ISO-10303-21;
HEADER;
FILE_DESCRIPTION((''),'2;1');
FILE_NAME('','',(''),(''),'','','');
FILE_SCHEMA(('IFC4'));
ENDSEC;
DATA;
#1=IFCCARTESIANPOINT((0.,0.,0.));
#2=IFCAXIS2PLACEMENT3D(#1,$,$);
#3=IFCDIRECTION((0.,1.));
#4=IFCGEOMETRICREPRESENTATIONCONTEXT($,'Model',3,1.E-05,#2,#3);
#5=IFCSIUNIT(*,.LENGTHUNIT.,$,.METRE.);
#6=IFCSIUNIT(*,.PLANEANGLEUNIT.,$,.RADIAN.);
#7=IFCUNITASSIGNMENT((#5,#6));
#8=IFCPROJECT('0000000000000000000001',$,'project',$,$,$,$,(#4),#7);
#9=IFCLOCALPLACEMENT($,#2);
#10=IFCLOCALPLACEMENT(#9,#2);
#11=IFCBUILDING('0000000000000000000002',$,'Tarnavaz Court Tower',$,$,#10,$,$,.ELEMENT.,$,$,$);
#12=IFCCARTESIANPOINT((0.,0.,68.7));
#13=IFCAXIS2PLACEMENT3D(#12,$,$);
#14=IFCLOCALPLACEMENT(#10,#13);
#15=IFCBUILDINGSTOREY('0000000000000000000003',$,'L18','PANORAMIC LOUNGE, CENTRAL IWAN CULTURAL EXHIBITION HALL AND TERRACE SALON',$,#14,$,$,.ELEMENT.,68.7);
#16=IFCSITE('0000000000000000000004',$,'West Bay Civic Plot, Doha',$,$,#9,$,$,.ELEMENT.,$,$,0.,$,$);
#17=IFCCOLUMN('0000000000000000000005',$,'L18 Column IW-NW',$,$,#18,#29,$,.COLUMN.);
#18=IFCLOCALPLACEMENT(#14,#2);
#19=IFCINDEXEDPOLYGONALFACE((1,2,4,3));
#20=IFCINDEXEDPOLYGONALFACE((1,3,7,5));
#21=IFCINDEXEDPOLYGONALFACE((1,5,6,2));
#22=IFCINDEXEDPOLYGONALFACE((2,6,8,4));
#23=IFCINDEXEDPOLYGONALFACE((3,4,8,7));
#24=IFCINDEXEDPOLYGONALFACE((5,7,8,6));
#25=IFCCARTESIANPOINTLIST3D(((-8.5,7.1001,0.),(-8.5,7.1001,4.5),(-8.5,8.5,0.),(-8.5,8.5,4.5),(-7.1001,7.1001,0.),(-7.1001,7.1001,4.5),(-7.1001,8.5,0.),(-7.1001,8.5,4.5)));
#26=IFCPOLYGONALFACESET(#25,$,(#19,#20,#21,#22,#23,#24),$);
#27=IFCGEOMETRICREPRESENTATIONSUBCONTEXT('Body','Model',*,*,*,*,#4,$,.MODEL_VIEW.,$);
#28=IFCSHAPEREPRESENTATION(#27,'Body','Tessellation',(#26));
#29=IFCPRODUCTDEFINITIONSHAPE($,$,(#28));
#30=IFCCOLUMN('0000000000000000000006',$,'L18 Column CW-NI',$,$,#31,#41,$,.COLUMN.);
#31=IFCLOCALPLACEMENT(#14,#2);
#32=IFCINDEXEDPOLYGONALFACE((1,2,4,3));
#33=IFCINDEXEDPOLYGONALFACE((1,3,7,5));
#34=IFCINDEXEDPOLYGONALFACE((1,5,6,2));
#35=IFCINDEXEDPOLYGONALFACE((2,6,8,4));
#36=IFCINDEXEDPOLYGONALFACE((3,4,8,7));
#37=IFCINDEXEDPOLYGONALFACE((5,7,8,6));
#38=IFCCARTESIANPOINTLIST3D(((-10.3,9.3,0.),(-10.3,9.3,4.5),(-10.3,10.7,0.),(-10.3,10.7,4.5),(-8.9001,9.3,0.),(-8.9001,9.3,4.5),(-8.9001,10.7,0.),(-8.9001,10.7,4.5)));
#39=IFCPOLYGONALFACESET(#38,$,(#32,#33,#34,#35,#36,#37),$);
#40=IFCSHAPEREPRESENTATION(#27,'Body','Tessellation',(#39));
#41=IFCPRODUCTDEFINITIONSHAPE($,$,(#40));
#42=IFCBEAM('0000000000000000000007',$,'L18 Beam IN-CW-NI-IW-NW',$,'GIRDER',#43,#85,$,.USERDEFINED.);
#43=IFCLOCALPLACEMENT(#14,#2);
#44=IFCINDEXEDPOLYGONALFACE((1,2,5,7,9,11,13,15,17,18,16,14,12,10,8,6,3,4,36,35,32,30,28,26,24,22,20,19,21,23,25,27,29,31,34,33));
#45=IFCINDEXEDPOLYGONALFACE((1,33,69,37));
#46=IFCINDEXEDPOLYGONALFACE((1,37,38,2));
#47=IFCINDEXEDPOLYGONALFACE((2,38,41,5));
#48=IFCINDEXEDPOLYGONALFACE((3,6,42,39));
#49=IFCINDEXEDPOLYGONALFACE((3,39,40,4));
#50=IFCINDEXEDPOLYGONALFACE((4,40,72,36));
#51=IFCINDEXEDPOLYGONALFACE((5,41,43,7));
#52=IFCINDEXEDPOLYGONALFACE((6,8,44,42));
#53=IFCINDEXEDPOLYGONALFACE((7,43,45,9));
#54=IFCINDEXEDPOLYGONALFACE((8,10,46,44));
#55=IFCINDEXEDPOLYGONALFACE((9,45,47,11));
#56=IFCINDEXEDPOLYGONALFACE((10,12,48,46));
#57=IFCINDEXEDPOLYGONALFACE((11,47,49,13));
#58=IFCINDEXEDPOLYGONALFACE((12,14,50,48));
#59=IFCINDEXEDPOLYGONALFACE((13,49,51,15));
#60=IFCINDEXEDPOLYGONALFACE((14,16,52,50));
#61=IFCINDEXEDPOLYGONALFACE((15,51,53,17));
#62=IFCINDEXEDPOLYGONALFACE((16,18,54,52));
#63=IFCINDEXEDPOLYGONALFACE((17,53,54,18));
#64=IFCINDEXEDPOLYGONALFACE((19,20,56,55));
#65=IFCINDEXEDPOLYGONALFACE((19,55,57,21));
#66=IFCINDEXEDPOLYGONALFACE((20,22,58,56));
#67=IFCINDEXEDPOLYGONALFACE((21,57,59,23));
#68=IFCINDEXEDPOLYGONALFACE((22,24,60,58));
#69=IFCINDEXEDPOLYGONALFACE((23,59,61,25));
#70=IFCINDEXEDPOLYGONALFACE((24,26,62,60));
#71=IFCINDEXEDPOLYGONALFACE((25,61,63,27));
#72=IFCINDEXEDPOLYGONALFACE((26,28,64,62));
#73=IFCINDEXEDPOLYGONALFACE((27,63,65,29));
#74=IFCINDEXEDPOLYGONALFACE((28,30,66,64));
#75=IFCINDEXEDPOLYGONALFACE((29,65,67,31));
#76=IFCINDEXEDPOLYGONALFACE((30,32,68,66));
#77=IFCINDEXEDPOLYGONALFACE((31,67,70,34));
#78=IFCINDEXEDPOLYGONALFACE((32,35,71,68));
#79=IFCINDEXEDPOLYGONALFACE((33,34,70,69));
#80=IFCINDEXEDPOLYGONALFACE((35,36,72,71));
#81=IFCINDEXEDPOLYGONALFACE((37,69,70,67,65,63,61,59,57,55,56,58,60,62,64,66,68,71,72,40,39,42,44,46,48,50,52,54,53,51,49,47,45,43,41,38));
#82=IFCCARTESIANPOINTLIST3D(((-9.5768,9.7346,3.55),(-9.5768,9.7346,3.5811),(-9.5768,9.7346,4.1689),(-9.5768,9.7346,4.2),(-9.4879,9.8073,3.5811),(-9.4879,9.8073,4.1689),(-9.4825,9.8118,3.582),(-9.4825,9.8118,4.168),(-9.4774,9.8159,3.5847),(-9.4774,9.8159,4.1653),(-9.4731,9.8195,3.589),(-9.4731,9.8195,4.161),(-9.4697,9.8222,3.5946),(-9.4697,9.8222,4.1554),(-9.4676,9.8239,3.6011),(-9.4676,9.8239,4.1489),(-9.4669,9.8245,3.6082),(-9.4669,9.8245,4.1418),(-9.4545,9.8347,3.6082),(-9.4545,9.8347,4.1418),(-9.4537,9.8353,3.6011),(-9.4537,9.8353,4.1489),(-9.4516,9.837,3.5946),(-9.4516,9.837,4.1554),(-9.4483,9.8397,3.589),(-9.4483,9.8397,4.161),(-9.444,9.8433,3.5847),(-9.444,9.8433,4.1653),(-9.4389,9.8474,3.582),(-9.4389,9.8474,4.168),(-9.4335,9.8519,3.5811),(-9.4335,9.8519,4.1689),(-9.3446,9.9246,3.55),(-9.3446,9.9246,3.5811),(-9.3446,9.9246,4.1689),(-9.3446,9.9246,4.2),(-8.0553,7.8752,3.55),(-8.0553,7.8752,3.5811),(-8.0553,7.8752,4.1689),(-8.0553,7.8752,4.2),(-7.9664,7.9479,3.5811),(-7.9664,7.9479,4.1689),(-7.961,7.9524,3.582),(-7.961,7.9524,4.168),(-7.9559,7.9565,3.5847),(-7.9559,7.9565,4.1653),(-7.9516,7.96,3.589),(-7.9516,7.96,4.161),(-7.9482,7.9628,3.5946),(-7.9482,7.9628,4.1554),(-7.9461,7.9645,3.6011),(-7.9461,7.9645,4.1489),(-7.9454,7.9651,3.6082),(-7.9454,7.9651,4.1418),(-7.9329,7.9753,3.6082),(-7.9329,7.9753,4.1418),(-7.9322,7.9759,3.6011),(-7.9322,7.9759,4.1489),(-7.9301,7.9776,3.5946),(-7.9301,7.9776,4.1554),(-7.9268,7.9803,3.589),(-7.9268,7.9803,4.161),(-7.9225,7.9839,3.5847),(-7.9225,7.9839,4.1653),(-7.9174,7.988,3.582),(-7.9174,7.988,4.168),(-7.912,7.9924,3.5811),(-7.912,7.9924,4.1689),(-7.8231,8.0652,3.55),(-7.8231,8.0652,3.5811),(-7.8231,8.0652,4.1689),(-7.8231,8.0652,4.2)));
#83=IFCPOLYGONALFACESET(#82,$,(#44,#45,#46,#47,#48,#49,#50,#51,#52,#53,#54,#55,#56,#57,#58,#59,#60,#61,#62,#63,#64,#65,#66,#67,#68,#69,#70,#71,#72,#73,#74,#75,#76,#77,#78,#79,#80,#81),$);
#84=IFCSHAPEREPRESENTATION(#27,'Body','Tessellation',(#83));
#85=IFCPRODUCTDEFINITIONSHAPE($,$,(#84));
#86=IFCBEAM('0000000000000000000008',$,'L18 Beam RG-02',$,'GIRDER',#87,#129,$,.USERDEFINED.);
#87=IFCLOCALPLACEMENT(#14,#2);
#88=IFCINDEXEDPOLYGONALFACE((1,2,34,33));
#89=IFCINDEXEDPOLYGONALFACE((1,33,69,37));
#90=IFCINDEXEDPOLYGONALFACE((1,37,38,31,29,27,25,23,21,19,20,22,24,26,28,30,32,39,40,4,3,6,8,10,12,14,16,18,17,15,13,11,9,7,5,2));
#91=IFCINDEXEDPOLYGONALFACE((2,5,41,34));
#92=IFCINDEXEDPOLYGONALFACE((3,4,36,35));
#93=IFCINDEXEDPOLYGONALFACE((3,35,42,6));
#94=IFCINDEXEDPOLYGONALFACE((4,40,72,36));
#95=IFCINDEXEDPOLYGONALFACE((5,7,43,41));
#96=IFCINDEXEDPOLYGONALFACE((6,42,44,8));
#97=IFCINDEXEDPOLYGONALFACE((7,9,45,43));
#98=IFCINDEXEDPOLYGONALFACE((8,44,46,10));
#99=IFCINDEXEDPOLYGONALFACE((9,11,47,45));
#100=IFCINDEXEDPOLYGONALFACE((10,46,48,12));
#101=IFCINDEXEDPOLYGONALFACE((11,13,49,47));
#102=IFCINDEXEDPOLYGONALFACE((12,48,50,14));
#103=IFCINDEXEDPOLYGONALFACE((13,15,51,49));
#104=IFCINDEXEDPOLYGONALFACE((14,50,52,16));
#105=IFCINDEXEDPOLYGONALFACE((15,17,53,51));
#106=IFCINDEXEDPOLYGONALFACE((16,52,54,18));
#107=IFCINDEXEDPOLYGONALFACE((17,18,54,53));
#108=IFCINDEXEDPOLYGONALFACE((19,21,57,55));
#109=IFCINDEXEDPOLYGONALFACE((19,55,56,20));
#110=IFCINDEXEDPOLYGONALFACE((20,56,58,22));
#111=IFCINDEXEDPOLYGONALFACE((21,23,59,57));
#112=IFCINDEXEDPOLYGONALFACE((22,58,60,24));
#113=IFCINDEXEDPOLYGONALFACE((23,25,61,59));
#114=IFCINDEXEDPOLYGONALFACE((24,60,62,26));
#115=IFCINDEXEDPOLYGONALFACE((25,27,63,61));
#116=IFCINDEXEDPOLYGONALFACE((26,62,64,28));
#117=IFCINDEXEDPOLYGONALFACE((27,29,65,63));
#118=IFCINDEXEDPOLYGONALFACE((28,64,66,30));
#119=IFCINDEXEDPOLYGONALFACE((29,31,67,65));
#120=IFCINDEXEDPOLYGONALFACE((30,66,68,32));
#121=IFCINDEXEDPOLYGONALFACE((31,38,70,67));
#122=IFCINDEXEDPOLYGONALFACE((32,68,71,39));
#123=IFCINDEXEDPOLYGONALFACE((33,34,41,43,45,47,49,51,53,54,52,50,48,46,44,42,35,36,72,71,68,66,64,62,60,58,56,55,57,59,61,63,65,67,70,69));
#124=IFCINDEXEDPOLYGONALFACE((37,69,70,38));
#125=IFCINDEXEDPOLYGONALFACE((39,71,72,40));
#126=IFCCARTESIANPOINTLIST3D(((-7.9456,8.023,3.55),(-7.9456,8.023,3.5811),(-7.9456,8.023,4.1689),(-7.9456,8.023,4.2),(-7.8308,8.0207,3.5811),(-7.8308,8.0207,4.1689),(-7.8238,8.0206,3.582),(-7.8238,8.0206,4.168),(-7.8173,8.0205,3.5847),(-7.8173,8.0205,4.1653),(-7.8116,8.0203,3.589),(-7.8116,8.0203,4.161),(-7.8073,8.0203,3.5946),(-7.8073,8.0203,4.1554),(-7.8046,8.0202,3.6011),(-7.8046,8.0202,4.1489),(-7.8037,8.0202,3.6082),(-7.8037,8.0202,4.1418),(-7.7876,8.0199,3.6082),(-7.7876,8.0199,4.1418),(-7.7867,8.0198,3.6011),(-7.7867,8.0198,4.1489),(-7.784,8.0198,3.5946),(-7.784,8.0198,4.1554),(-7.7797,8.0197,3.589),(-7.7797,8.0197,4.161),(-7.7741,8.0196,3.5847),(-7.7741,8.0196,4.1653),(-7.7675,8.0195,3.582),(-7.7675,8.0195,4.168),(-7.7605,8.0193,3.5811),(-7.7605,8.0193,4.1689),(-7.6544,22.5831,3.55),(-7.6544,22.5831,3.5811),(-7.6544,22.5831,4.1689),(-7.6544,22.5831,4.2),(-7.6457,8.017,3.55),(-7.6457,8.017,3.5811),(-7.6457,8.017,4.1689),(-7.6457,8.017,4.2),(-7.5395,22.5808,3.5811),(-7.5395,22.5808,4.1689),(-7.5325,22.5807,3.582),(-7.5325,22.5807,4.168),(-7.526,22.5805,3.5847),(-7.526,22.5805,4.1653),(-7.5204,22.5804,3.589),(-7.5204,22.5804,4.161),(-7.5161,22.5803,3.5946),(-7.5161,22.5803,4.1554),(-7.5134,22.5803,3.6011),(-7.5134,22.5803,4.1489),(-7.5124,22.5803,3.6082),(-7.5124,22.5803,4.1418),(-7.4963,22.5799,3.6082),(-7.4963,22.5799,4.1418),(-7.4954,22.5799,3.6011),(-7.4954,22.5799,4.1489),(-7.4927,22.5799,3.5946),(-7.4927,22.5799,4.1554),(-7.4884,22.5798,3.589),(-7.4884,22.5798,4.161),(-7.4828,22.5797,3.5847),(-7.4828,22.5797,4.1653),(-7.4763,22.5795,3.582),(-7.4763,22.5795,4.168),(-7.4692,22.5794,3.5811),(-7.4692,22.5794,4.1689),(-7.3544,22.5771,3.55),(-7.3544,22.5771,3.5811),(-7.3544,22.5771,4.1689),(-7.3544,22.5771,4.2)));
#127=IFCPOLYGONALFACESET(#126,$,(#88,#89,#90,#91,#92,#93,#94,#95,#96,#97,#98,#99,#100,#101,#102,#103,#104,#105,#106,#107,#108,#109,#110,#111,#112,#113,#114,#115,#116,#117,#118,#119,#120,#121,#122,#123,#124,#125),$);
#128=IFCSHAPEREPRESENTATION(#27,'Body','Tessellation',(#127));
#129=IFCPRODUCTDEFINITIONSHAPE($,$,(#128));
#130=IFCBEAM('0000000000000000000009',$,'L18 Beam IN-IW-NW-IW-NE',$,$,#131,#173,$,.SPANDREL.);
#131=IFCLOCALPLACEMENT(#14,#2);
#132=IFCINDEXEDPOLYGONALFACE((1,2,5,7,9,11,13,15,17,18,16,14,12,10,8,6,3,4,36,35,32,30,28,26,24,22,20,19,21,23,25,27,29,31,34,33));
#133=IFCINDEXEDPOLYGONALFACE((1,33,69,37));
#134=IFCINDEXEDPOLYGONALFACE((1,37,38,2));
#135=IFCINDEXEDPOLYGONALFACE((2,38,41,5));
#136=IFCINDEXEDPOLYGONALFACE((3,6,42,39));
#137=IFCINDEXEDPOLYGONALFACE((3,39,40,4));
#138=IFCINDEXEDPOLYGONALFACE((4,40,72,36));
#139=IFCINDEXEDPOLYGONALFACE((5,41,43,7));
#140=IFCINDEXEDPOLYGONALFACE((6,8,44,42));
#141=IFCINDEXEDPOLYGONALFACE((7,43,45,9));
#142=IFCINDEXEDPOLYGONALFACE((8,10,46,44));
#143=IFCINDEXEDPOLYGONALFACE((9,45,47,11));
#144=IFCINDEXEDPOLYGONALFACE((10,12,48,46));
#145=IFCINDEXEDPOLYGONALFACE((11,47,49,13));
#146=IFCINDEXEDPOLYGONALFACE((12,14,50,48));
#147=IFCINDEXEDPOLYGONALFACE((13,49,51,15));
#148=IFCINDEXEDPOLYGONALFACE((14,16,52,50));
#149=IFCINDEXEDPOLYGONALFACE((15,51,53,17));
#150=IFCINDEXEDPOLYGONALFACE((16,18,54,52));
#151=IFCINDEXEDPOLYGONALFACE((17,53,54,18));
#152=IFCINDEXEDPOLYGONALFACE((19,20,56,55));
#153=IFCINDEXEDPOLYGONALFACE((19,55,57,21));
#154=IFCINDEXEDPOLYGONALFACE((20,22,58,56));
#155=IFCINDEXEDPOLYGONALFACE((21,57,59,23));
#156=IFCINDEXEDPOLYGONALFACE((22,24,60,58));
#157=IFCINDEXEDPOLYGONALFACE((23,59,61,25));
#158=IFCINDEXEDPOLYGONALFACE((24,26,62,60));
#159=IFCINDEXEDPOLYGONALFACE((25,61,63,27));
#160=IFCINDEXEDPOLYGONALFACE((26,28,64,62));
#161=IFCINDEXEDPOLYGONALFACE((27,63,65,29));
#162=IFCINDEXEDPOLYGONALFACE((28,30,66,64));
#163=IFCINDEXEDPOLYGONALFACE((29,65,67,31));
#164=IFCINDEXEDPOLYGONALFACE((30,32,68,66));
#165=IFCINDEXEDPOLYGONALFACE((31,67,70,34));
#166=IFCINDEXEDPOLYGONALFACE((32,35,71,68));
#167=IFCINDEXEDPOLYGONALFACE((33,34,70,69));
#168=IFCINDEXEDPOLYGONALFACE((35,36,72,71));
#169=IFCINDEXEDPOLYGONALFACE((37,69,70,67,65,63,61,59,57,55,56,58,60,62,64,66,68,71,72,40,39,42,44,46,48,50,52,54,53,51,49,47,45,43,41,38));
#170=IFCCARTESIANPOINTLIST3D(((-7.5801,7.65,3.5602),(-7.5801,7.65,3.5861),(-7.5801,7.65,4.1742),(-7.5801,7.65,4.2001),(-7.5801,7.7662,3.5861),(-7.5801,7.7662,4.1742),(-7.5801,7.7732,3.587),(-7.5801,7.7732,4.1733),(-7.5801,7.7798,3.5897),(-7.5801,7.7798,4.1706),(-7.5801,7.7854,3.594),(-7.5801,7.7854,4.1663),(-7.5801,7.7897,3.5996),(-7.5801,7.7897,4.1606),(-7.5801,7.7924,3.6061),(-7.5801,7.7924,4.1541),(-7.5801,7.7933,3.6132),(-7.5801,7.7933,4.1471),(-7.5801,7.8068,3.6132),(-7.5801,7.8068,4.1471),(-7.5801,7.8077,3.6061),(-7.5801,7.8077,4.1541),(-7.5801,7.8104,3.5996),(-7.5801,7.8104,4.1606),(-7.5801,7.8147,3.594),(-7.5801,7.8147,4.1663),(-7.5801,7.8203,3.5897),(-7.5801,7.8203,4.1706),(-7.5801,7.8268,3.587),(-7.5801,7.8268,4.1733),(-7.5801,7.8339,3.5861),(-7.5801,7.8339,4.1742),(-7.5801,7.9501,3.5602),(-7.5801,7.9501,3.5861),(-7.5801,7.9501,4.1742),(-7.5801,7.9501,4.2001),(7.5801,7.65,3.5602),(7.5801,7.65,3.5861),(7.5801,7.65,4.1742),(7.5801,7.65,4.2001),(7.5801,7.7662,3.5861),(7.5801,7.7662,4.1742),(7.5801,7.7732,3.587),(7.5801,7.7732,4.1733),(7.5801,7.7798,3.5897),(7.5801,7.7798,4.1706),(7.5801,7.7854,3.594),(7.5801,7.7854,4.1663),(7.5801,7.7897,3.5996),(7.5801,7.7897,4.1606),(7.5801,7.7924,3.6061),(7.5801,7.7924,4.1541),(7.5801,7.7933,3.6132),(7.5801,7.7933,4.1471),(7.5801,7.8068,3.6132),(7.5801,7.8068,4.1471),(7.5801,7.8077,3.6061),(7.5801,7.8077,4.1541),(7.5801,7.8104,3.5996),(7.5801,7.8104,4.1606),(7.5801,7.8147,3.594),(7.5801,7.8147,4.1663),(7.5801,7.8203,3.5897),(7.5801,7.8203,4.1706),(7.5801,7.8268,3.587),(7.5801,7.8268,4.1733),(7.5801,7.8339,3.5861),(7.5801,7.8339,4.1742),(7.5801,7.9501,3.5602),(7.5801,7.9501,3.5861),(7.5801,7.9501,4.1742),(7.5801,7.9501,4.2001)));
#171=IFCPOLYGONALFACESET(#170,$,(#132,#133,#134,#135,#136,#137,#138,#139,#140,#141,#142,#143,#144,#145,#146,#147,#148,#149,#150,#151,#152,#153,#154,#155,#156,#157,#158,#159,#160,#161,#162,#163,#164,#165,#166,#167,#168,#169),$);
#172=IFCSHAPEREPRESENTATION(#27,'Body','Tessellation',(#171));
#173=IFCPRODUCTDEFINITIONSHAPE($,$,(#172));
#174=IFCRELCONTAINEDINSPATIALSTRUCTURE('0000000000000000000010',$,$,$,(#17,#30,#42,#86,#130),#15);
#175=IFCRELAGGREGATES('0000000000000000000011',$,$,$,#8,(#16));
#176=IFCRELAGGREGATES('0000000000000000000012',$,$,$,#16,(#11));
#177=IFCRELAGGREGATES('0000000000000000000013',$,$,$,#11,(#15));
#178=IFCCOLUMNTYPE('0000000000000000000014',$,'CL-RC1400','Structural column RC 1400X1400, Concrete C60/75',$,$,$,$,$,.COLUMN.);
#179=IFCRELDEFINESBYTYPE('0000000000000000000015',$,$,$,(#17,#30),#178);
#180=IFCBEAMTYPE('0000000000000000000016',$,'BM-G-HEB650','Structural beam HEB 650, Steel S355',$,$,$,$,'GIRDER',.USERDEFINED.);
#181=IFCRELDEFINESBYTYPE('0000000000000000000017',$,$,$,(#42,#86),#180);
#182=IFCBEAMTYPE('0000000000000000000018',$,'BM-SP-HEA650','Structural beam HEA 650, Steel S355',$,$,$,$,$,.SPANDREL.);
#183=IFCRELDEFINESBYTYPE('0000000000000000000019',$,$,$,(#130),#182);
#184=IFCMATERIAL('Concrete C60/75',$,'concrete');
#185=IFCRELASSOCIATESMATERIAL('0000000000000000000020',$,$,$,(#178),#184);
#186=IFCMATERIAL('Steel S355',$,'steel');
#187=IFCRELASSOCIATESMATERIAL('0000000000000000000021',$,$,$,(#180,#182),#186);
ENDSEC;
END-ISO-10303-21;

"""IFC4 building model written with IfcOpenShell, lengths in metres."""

from ifc_helpers import new_model, si_unit, direction, frame, origin, origin_2d, place, context, subcontext, project, spatial, rectangle, i_section, extrude, material, material_profile, profile_set, type_object, element, save


model = new_model("IFC4")

# Units and contexts
model_context = context("Model", 3, precision=1e-05, world=origin(), true_north=direction((0.0, 1.0)))
body_context = subcontext(model_context, "Body", "Model", "MODEL_VIEW")
ifc_project = project(units=[si_unit("LENGTHUNIT", "METRE"), si_unit("PLANEANGLEUNIT", "RADIAN")], contexts=[model_context])

# Site, building, storey
site_placement = place(None, origin())
site = spatial("IfcSite", under=ifc_project, at=site_placement, Name="West Bay Civic Plot, Doha", CompositionType="ELEMENT", RefElevation=0.0)
building_placement = place(site_placement, origin())
building = spatial("IfcBuilding", under=site, at=building_placement, Name="Tarnavaz Court Tower", CompositionType="ELEMENT")
storey_placement = place(building_placement, frame((0.0, 0.0, 68.7)))
storey = spatial("IfcBuildingStorey", under=building, at=storey_placement, Name="L18", Description="PANORAMIC LOUNGE, CENTRAL IWAN CULTURAL EXHIBITION HALL AND TERRACE SALON", CompositionType="ELEMENT", Elevation=68.7)

# Columns
ifc_material_1 = material(Name="Concrete C60/75", Category="concrete")
ifc_material_profile_1 = material_profile(ifc_material_1, rectangle(XDim=1.3999, YDim=1.3999, at=origin_2d()), Name="RC 1400X1400")
ifc_profile_set_1 = profile_set([ifc_material_profile_1], Name="Concrete C60/75")
column_type = type_object("IfcColumnType", Name="CL-RC1400", Description="Structural column RC 1400X1400, Concrete C60/75", PredefinedType="COLUMN", material=ifc_profile_set_1)
for number, where, z_axis, x_axis, name in (
    (1, (-7.8, 7.8, 0.0), (0.0, 0.0, 1.0), (1.0, 0.0, 0.0), "L18 Column IW-NW"),
    (2, (-9.6001, 10.0, 0.0), (0.0, 0.0, 1.0), (1.0, 0.0, 0.0), "L18 Column CW-NI"),
):
    element("IfcColumn", number, at=place(storey_placement, frame(where, z_axis=z_axis, x_axis=x_axis)), inside=storey, type_object=column_type, Name=name, PredefinedType="COLUMN", context=body_context, shape_type="SweptSolid", body=[
        extrude(rectangle(XDim=1.3999, YDim=1.3999, at=origin_2d()), origin(), (0.0, 0.0, 1.0), 4.5),
    ])

# Beams
ifc_material_2 = material(Name="Steel S355", Category="steel")
ifc_material_profile_2 = material_profile(ifc_material_2, i_section(OverallWidth=0.3, OverallDepth=0.6499, WebThickness=0.0161, FlangeThickness=0.031, FilletRadius=0.0271, at=origin_2d()), Name="HEB 650")
ifc_profile_set_2 = profile_set([ifc_material_profile_2], Name="Steel S355")
beam_type_1 = type_object("IfcBeamType", Name="BM-G-HEB650", Description="Structural beam HEB 650, Steel S355", ElementType="GIRDER", PredefinedType="USERDEFINED", material=ifc_profile_set_2)
beam_1_placement = place(storey_placement, frame((-9.4607, 9.8296, 3.875), z_axis=(0.633282, -0.773921, 0.0), x_axis=(0.773921, 0.633282, 0.0)))
element("IfcBeam", 3, at=beam_1_placement, inside=storey, type_object=beam_type_1, Name="L18 Beam IN-CW-NI-IW-NW", ObjectType="GIRDER", PredefinedType="USERDEFINED", context=body_context, shape_type="SweptSolid", body=[
    extrude(i_section(OverallWidth=0.3, OverallDepth=0.6499, WebThickness=0.0161, FlangeThickness=0.031, FilletRadius=0.0271, at=origin_2d()), origin(), (0.0, 0.0, 1.0), 2.4026),
])
beam_2_placement = place(storey_placement, frame((-7.7957, 8.02, 3.875), z_axis=(0.02, 0.9998, 0.0), x_axis=(-0.9998, 0.02, 0.0)))
element("IfcBeam", 4, at=beam_2_placement, inside=storey, type_object=beam_type_1, Name="L18 Beam RG-02", ObjectType="GIRDER", PredefinedType="USERDEFINED", context=body_context, shape_type="SweptSolid", body=[
    extrude(i_section(OverallWidth=0.3, OverallDepth=0.6499, WebThickness=0.0161, FlangeThickness=0.031, FilletRadius=0.0271, at=origin_2d()), origin(), (0.0, 0.0, 1.0), 14.563),
])
ifc_material_profile_3 = material_profile(ifc_material_2, i_section(OverallWidth=0.3, OverallDepth=0.6399, WebThickness=0.0134, FlangeThickness=0.0259, FilletRadius=0.0271, at=origin_2d()), Name="HEA 650")
ifc_profile_set_3 = profile_set([ifc_material_profile_3], Name="Steel S355")
beam_type_2 = type_object("IfcBeamType", Name="BM-SP-HEA650", Description="Structural beam HEA 650, Steel S355", PredefinedType="SPANDREL", material=ifc_profile_set_3)
beam_3_placement = place(storey_placement, frame((-7.5801, 7.8, 3.8801), z_axis=(1.0, 0.0, 0.0), x_axis=(0.0, 1.0, 0.0)))
element("IfcBeam", 5, at=beam_3_placement, inside=storey, type_object=beam_type_2, Name="L18 Beam IN-IW-NW-IW-NE", PredefinedType="SPANDREL", context=body_context, shape_type="SweptSolid", body=[
    extrude(i_section(OverallWidth=0.3, OverallDepth=0.6399, WebThickness=0.0134, FlangeThickness=0.0259, FilletRadius=0.0271, at=origin_2d()), origin(), (0.0, 0.0, 1.0), 15.1602),
])

save(model, "model.ifc")
